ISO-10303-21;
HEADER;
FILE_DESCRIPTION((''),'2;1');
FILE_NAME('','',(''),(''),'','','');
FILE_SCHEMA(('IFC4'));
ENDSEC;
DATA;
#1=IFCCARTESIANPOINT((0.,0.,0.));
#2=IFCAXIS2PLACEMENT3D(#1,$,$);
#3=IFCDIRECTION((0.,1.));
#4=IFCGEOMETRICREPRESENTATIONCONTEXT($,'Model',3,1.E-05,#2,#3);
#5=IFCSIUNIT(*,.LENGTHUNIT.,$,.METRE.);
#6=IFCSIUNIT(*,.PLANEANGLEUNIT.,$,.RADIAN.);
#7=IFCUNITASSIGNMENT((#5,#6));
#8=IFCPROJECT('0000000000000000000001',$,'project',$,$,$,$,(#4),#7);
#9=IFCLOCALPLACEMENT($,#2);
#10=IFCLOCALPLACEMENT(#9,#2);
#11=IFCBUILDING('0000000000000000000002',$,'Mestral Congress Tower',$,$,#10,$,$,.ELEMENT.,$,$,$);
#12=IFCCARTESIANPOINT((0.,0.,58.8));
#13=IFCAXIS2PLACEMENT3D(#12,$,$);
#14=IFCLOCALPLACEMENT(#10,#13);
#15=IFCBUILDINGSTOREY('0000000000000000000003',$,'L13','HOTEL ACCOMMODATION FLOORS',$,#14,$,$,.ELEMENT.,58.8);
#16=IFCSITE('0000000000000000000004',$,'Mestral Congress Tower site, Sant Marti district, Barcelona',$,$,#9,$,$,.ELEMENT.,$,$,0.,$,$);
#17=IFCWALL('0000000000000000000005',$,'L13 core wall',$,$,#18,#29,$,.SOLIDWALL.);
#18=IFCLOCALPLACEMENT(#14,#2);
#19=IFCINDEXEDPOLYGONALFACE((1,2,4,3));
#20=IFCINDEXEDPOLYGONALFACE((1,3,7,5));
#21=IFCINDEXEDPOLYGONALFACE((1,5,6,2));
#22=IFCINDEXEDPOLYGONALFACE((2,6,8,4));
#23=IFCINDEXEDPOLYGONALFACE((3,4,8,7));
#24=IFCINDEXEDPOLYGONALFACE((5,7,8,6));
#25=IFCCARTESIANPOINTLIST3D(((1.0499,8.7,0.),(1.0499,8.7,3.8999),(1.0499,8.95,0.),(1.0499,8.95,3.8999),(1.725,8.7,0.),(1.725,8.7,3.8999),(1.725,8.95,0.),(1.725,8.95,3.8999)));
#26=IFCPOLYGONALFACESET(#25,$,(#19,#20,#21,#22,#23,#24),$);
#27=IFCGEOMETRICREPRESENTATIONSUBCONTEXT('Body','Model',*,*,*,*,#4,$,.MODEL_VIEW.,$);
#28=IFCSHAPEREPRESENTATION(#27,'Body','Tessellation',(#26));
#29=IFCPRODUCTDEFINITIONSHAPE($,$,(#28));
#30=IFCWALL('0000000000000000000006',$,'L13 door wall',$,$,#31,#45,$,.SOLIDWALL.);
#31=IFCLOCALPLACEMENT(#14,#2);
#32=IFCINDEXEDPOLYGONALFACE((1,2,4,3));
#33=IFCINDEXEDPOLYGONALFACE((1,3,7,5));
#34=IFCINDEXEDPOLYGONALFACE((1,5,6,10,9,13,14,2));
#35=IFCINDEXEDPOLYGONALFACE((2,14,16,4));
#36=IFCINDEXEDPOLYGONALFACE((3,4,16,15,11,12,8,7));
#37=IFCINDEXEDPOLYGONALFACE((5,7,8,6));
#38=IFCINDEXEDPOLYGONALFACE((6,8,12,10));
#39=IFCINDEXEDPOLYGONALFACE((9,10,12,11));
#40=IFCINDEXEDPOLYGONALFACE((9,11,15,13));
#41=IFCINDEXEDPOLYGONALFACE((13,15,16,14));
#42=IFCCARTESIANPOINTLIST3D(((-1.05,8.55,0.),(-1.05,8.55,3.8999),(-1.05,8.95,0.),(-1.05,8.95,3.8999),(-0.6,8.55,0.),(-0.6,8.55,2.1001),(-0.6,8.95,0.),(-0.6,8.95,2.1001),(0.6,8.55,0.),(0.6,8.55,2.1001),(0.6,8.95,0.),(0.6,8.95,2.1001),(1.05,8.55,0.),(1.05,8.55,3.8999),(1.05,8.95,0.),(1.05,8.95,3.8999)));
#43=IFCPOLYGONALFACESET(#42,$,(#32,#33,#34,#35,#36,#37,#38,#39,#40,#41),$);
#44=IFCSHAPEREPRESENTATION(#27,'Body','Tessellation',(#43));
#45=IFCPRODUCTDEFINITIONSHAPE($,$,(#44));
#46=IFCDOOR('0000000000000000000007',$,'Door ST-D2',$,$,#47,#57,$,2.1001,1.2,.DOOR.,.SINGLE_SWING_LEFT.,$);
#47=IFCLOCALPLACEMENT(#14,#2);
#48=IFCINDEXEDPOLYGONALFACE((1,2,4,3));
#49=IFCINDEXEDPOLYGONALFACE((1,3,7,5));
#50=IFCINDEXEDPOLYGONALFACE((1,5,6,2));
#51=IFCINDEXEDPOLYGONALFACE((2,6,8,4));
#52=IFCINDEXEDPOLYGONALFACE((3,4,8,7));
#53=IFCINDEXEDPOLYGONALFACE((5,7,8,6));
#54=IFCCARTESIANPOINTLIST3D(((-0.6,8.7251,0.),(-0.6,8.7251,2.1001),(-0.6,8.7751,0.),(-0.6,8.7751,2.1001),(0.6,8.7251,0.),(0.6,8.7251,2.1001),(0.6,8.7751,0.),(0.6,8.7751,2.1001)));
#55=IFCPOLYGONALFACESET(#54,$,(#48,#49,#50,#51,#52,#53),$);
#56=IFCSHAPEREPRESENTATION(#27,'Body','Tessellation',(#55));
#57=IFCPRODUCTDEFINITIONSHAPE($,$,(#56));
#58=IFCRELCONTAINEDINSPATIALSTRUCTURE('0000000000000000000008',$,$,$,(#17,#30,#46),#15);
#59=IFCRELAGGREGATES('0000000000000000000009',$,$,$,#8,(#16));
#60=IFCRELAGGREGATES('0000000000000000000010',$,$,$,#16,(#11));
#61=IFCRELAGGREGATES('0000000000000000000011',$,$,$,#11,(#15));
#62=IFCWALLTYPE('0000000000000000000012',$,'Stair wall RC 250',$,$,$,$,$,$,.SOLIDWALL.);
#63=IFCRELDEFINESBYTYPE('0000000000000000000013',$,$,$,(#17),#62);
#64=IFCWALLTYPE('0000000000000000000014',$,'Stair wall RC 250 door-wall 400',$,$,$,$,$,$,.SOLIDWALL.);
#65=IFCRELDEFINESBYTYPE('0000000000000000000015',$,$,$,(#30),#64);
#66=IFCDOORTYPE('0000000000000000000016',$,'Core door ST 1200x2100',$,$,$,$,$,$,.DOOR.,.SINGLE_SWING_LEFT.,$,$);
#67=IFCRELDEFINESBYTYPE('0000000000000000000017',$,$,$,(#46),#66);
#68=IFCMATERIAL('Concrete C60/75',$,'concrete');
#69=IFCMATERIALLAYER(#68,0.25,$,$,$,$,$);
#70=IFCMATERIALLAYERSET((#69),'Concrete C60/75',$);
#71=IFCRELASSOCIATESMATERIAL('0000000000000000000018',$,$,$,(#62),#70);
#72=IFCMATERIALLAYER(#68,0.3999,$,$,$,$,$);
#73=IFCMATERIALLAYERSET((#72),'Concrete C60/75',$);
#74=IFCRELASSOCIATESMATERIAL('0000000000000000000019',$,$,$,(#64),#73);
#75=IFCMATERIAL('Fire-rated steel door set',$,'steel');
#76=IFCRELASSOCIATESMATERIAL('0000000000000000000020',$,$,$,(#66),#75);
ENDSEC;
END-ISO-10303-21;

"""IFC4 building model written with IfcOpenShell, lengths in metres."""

from ifc_helpers import new_model, si_unit, direction, frame, frame_2d, origin, place, context, subcontext, project, spatial, rectangle, extrude, material, layer, layer_set, type_object, element, fill, save


model = new_model("IFC4")

# Units and contexts
model_context = context("Model", 3, precision=1e-05, world=origin(), true_north=direction((0.0, 1.0)))
body_context = subcontext(model_context, "Body", "Model", "MODEL_VIEW")
ifc_project = project(units=[si_unit("LENGTHUNIT", "METRE"), si_unit("PLANEANGLEUNIT", "RADIAN")], contexts=[model_context])

# Site, building, storey
site_placement = place(None, origin())
site = spatial("IfcSite", under=ifc_project, at=site_placement, Name="Mestral Congress Tower site, Sant Marti district, Barcelona", CompositionType="ELEMENT", RefElevation=0.0)
building_placement = place(site_placement, origin())
building = spatial("IfcBuilding", under=site, at=building_placement, Name="Mestral Congress Tower", CompositionType="ELEMENT")
storey_placement = place(building_placement, frame((0.0, 0.0, 58.8)))
storey = spatial("IfcBuildingStorey", under=building, at=storey_placement, Name="L13", Description="HOTEL ACCOMMODATION FLOORS", CompositionType="ELEMENT", Elevation=58.8)

# Shared definitions
ifc_material_1 = material(Name="Fire-rated steel door set", Category="steel")

# Shared definitions
ifc_material_2 = material(Name="Concrete C60/75", Category="concrete")

# Wall
ifc_layer_1 = layer(ifc_material_2, 0.25)
ifc_layer_set_1 = layer_set([ifc_layer_1], Name="Concrete C60/75")
wall_type_1 = type_object("IfcWallType", Name="Stair wall RC 250", PredefinedType="SOLIDWALL", material=ifc_layer_set_1)
wall_1_placement = place(storey_placement, frame((1.05, 8.825, 0.0), z_axis=(0.0, 0.0, 1.0), x_axis=(1.0, 0.0, 0.0)))
element("IfcWall", 1, at=wall_1_placement, inside=storey, type_object=wall_type_1, Name="L13 core wall", PredefinedType="SOLIDWALL", context=body_context, shape_type="SweptSolid", body=[
    extrude(rectangle(XDim=0.675, YDim=0.25, at=frame_2d((0.3374, 0.0))), origin(), (0.0, 0.0, 1.0), 3.8999),
])

# Wall, opening, door
ifc_layer_2 = layer(ifc_material_2, 0.3999)
ifc_layer_set_2 = layer_set([ifc_layer_2], Name="Concrete C60/75")
wall_type_2 = type_object("IfcWallType", Name="Stair wall RC 250 door-wall 400", PredefinedType="SOLIDWALL", material=ifc_layer_set_2)
wall_2_placement = place(storey_placement, frame((1.05, 8.75, 0.0), z_axis=(0.0, 0.0, 1.0), x_axis=(-1.0, 0.0, 0.0)))
wall_2 = element("IfcWall", 2, at=wall_2_placement, inside=storey, type_object=wall_type_2, Name="L13 door wall", PredefinedType="SOLIDWALL", context=body_context, shape_type="SweptSolid", body=[
    extrude(rectangle(XDim=2.1001, YDim=0.3999, at=frame_2d((1.05, 0.0))), origin(), (0.0, 0.0, 1.0), 3.8999),
])
opening_1_placement = place(wall_2_placement, frame((0.45, 0.0, 0.0)))
opening_1 = element("IfcOpeningElement", 3, at=opening_1_placement, cuts=wall_2, PredefinedType="OPENING", context=body_context, shape_type="SweptSolid", body=[
    extrude(rectangle(XDim=1.2, YDim=2.1001, at=frame_2d((0.6001, 1.05))), frame((0.0, 0.21, 0.0), z_axis=(0.0, -1.0, 0.0), x_axis=(1.0, 0.0, 0.0)), (0.0, 0.0, 1.0), 0.4199),
])
door_type_1 = type_object("IfcDoorType", Name="Core door ST 1200x2100", OperationType="SINGLE_SWING_LEFT", PredefinedType="DOOR", material=ifc_material_1)
door_1_placement = place(opening_1_placement, origin())
door_1 = element("IfcDoor", 4, at=door_1_placement, inside=storey, type_object=door_type_1, Name="Door ST-D2", OperationType="SINGLE_SWING_LEFT", OverallHeight=2.1001, OverallWidth=1.2, PredefinedType="DOOR", context=body_context, shape_type="SweptSolid", body=[
    extrude(rectangle(XDim=1.2, YDim=2.1001, at=frame_2d((0.6001, 1.05))), frame((0.0, 0.0249, 0.0), z_axis=(0.0, -1.0, 0.0), x_axis=(1.0, 0.0, 0.0)), (0.0, 0.0, 1.0), 0.05),
])
fill(opening_1, door_1)

save(model, "model.ifc")
